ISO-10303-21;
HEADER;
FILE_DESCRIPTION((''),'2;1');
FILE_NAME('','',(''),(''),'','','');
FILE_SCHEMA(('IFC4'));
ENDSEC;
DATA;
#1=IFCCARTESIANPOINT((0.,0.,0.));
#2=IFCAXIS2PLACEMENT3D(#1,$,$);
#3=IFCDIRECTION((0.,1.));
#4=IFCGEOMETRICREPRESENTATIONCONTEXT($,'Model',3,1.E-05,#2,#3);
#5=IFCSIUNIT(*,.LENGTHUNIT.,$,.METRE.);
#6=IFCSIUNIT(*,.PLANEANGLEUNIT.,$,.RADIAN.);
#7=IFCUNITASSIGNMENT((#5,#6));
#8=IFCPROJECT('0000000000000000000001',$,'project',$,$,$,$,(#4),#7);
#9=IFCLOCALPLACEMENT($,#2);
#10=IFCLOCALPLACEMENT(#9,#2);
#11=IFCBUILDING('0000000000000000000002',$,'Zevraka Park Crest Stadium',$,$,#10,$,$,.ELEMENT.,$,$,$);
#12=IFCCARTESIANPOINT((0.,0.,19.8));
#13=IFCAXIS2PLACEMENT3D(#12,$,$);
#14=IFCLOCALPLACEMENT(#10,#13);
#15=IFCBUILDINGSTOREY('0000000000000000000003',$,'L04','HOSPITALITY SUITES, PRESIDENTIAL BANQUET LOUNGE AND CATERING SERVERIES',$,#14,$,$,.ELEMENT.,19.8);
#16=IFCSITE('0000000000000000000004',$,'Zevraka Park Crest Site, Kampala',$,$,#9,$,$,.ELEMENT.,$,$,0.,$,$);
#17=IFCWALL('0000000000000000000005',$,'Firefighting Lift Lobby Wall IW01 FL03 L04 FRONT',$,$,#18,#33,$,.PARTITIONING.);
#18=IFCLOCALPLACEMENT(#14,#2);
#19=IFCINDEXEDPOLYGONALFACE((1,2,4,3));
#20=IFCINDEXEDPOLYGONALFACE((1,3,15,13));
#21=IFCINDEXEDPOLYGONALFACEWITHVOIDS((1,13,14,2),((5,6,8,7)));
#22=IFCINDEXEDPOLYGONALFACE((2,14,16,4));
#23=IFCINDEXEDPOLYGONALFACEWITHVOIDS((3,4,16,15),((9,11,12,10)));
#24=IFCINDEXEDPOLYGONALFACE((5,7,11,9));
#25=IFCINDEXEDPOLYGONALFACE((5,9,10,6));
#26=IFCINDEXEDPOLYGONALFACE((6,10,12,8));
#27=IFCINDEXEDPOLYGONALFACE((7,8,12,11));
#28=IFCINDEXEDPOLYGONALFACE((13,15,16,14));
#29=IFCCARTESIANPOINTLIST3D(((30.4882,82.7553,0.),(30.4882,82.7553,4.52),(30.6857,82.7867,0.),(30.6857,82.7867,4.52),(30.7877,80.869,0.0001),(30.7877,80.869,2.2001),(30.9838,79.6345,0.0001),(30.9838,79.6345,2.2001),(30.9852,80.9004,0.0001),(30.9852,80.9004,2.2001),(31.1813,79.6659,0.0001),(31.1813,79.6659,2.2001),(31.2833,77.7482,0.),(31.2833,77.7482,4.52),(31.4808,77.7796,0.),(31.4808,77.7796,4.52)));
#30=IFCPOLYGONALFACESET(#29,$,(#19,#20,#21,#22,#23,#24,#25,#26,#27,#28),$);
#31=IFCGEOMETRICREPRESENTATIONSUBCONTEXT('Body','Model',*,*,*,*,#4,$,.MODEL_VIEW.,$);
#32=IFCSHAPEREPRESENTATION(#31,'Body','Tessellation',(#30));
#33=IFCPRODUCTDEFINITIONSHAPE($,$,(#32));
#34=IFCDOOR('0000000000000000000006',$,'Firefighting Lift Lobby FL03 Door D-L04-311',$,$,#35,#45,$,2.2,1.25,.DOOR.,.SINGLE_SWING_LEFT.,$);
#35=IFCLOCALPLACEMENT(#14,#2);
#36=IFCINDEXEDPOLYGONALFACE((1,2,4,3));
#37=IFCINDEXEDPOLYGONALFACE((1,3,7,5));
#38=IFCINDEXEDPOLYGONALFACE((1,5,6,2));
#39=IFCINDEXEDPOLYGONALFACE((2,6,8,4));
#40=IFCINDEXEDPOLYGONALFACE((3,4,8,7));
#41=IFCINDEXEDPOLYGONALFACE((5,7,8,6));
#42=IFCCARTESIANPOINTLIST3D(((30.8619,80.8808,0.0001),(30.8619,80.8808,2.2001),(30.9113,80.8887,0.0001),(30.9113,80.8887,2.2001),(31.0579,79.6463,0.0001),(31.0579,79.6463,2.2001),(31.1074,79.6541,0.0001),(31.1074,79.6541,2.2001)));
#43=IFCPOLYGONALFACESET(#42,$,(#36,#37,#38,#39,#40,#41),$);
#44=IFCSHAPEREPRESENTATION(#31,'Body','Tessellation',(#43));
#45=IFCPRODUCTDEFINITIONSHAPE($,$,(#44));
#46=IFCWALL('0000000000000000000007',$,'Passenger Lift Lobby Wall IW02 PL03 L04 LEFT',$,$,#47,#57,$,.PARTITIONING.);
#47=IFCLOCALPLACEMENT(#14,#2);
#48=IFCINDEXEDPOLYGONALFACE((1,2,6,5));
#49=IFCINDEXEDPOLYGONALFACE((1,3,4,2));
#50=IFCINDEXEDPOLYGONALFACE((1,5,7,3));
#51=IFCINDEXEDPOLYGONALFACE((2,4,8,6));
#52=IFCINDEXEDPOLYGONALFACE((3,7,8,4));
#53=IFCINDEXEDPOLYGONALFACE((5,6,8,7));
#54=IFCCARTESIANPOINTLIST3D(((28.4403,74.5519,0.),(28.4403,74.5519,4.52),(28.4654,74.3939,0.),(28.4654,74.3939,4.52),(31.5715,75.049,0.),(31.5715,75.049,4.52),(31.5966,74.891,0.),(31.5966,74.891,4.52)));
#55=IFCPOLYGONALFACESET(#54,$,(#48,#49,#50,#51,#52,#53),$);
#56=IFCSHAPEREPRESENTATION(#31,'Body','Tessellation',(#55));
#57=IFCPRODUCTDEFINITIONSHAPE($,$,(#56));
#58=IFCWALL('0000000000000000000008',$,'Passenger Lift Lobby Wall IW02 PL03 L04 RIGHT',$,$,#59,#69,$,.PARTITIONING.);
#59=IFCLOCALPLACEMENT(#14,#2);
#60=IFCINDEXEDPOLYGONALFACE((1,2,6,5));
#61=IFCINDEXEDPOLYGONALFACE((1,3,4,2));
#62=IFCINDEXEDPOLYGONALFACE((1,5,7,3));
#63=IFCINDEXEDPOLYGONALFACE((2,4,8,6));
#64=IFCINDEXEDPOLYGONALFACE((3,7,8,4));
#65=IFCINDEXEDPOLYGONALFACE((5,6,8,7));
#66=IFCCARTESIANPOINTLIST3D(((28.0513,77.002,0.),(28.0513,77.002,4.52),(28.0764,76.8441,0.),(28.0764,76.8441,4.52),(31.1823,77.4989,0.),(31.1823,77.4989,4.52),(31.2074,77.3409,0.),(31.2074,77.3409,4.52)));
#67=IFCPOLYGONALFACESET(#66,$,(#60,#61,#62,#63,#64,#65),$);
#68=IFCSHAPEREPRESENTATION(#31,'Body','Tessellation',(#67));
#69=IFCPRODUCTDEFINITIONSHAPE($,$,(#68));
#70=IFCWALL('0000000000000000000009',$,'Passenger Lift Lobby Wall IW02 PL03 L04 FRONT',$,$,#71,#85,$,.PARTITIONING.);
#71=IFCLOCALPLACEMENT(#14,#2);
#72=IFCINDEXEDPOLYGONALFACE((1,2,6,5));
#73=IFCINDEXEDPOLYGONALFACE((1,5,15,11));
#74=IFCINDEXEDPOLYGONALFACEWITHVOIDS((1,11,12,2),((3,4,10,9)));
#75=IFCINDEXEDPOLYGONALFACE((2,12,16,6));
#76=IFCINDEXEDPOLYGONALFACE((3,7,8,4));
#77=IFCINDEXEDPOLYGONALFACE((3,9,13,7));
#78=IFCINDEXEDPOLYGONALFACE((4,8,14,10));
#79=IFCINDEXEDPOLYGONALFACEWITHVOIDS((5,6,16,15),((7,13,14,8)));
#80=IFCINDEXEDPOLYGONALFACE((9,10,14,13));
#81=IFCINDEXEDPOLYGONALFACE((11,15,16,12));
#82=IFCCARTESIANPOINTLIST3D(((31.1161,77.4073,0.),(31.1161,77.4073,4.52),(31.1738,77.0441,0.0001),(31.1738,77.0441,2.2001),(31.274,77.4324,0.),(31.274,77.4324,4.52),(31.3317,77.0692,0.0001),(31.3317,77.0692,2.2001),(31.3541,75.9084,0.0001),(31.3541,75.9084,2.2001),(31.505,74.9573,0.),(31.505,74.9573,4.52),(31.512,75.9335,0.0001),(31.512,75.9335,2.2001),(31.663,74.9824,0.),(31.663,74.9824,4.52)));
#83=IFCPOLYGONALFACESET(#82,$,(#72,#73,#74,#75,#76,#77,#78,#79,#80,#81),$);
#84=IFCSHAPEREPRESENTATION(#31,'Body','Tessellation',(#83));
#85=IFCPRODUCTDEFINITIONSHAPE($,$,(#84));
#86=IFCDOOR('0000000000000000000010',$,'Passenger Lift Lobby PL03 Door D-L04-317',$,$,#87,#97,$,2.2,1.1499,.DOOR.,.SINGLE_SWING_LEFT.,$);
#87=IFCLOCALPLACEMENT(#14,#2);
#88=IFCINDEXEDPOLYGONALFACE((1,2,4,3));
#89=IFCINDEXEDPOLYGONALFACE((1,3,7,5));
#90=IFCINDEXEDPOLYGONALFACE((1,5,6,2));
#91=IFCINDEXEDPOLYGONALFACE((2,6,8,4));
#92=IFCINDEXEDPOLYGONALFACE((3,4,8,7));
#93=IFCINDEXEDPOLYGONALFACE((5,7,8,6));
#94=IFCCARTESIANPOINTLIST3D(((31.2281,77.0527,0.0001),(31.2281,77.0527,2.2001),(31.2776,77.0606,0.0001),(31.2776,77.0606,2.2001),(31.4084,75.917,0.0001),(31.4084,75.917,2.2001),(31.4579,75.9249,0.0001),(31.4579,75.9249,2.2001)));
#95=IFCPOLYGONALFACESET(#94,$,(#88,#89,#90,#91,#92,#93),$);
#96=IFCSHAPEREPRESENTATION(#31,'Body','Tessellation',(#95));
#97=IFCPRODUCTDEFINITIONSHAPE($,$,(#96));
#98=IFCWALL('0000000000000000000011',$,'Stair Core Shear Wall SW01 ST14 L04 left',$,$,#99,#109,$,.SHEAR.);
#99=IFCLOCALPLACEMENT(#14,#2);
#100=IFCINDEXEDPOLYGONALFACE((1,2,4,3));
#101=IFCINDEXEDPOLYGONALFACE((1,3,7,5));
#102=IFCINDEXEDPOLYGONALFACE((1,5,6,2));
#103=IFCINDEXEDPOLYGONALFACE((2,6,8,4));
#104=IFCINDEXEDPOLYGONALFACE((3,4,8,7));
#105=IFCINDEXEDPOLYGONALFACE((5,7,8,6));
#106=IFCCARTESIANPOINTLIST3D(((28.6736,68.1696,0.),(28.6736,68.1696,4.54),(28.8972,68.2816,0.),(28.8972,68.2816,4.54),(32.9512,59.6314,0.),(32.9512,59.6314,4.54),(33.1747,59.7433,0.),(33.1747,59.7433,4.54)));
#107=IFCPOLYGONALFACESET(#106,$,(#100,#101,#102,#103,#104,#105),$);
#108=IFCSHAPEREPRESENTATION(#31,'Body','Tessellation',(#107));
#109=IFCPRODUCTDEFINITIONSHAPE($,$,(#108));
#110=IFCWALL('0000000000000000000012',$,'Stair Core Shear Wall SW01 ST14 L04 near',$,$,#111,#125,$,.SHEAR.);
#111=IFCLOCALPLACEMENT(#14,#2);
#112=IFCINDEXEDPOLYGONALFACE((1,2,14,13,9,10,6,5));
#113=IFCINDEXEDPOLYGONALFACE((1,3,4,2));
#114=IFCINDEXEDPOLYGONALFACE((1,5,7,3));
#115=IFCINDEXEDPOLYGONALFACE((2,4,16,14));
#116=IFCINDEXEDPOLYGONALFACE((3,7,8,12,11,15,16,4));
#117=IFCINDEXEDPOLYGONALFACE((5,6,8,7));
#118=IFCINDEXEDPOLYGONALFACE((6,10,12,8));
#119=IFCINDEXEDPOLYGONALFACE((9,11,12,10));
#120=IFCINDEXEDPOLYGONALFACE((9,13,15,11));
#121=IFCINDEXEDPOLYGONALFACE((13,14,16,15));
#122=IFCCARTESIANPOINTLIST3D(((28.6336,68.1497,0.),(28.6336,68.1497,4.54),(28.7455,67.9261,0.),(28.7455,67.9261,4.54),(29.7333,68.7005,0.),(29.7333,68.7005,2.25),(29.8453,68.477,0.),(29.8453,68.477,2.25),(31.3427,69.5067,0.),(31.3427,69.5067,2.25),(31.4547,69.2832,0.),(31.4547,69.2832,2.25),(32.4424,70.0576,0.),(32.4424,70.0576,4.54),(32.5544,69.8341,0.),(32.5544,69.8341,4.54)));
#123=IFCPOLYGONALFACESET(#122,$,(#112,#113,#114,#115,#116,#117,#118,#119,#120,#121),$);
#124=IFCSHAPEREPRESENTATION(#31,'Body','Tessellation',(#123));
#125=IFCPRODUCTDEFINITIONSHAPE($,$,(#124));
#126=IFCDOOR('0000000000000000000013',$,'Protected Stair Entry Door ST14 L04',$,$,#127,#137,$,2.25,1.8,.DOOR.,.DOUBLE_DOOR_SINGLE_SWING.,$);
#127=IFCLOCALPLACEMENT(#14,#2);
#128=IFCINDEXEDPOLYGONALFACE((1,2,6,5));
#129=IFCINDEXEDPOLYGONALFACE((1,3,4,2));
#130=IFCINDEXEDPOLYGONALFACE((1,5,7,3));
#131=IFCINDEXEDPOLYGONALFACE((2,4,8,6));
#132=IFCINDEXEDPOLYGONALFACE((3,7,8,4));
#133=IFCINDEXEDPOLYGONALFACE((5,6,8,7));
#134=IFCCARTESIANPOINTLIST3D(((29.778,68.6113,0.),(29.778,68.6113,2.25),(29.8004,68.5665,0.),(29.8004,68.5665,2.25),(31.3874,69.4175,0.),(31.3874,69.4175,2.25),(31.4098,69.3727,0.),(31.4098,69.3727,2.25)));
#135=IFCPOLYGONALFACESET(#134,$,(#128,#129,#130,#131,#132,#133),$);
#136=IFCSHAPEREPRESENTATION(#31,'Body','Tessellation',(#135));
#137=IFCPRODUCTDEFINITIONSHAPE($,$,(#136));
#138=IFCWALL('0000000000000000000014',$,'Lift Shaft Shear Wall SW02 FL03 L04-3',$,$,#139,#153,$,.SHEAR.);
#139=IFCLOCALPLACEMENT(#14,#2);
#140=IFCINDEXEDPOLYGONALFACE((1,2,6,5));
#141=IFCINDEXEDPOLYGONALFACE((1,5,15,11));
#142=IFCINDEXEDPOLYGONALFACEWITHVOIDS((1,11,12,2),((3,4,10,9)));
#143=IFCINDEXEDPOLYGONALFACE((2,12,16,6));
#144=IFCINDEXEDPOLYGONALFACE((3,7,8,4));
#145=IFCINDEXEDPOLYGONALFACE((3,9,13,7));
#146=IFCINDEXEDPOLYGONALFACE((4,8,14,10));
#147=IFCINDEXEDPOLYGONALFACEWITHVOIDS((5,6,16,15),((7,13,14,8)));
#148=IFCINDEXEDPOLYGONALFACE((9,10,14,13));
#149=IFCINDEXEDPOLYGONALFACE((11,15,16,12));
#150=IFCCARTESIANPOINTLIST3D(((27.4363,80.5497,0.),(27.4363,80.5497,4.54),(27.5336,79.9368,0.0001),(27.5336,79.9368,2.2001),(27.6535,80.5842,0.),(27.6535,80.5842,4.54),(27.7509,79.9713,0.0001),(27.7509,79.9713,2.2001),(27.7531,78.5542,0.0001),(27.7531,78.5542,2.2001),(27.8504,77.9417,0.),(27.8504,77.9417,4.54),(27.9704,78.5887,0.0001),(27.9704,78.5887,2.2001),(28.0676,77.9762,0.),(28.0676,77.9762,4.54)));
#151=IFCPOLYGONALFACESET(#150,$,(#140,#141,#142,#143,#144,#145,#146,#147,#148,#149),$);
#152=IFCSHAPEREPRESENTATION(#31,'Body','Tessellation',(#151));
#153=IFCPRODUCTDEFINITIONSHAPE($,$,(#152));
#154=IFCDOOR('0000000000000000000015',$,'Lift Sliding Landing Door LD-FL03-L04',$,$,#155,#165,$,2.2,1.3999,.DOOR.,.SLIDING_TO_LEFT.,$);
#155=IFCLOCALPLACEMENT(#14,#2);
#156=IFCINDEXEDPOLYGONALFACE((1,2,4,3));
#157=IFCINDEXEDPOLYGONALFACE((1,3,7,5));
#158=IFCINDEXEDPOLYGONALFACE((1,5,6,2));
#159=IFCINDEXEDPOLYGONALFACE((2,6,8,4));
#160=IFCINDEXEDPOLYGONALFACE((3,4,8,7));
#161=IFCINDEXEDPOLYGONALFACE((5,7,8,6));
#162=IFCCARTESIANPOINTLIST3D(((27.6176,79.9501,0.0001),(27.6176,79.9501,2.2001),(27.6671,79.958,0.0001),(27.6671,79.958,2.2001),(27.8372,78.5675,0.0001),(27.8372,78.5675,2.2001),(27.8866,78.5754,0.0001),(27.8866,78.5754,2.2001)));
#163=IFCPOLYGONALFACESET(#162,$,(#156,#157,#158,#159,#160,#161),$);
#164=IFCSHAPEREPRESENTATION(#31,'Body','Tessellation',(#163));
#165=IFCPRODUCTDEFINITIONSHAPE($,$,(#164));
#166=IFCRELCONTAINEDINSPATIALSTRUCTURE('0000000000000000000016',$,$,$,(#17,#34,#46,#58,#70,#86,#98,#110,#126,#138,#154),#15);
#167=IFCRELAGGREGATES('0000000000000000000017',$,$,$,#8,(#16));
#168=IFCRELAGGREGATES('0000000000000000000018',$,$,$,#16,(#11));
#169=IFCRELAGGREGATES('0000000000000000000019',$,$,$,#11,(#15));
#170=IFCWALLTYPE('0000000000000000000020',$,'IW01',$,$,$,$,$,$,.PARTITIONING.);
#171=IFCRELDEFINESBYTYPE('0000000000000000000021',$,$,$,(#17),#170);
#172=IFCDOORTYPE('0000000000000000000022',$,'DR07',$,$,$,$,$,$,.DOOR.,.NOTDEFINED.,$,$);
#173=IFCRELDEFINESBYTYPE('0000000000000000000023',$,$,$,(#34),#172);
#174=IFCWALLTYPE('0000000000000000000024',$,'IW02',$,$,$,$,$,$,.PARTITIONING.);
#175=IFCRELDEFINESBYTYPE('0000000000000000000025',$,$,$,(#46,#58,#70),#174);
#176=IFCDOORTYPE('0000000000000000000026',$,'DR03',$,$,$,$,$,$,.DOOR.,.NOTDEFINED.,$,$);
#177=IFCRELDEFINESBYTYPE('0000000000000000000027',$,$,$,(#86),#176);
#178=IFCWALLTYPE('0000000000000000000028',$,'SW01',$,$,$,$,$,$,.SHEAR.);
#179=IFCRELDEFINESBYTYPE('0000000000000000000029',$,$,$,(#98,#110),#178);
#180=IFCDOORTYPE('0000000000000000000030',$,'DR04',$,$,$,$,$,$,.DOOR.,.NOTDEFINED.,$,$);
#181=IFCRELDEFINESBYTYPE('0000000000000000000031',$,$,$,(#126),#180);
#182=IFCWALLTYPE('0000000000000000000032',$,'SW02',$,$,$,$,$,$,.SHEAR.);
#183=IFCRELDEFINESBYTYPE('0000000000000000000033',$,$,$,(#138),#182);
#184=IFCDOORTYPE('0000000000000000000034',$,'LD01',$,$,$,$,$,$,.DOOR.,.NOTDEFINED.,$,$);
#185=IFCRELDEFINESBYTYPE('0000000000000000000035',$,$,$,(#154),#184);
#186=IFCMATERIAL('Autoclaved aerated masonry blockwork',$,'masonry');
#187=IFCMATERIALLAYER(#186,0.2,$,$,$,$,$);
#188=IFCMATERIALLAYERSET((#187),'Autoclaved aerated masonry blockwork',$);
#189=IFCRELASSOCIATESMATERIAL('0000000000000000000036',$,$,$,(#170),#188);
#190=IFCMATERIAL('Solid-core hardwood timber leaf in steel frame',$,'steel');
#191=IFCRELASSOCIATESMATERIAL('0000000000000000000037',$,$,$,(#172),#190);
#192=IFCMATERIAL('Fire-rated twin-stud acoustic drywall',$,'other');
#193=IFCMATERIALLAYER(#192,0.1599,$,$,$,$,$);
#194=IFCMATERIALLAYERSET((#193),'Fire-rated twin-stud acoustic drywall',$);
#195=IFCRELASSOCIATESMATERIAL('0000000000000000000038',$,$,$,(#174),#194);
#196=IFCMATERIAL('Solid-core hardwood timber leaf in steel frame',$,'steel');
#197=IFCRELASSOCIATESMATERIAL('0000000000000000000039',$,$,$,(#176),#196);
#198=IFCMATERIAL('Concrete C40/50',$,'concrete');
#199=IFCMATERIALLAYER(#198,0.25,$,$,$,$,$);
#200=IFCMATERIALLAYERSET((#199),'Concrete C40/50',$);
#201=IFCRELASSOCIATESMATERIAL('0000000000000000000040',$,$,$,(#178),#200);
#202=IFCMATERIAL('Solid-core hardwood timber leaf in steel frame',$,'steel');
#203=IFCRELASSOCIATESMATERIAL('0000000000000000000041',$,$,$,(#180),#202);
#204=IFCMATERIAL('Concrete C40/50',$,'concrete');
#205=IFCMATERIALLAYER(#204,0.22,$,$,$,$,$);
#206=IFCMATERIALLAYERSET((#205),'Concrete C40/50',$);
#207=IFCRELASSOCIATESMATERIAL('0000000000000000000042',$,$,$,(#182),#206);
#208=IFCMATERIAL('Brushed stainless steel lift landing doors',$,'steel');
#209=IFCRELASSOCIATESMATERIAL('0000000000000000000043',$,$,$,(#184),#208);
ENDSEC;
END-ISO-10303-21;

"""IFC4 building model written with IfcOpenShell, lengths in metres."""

from ifc_helpers import new_model, si_unit, direction, frame, frame_2d, origin, place, context, subcontext, project, spatial, rectangle, extrude, material, layer, layer_set, type_object, element, fill, save


model = new_model("IFC4")

# Units and contexts
model_context = context("Model", 3, precision=1e-05, world=origin(), true_north=direction((0.0, 1.0)))
body_context = subcontext(model_context, "Body", "Model", "MODEL_VIEW")
ifc_project = project(units=[si_unit("LENGTHUNIT", "METRE"), si_unit("PLANEANGLEUNIT", "RADIAN")], contexts=[model_context])

# Site, building, storey
site_placement = place(None, origin())
site = spatial("IfcSite", under=ifc_project, at=site_placement, Name="Zevraka Park Crest Site, Kampala", CompositionType="ELEMENT", RefElevation=0.0)
building_placement = place(site_placement, origin())
building = spatial("IfcBuilding", under=site, at=building_placement, Name="Zevraka Park Crest Stadium", CompositionType="ELEMENT")
storey_placement = place(building_placement, frame((0.0, 0.0, 19.8)))
storey = spatial("IfcBuildingStorey", under=building, at=storey_placement, Name="L04", Description="HOSPITALITY SUITES, PRESIDENTIAL BANQUET LOUNGE AND CATERING SERVERIES", CompositionType="ELEMENT", Elevation=19.8)

# Shared definitions
ifc_material_1 = material(Name="Autoclaved aerated masonry blockwork", Category="masonry")
ifc_layer_1 = layer(ifc_material_1, 0.2)
ifc_layer_set_1 = layer_set([ifc_layer_1], Name="Autoclaved aerated masonry blockwork")
wall_type_1 = type_object("IfcWallType", Name="IW01", PredefinedType="PARTITIONING", material=ifc_layer_set_1)

# Wall, opening, door
wall_1_placement = place(storey_placement, frame((31.3821, 77.7639, 0.0), z_axis=(0.0, 0.0, 1.0), x_axis=(-0.156843, 0.987624, 0.0)))
wall_1 = element("IfcWall", 1, at=wall_1_placement, inside=storey, type_object=wall_type_1, Name="Firefighting Lift Lobby Wall IW01 FL03 L04 FRONT", PredefinedType="PARTITIONING", context=body_context, shape_type="SweptSolid", body=[
    extrude(rectangle(XDim=5.0698, YDim=0.2, at=frame_2d((2.5349, 0.0))), origin(), (0.0, 0.0, 1.0), 4.52),
])
opening_1_placement = place(wall_1_placement, frame((1.9099, 0.0, 0.0)))
opening_1 = element("IfcOpeningElement", 2, at=opening_1_placement, cuts=wall_1, PredefinedType="OPENING", context=body_context, shape_type="SweptSolid", body=[
    extrude(rectangle(XDim=1.25, YDim=2.2, at=frame_2d((0.625, 1.1001))), frame((0.0, 0.1099, 0.0), z_axis=(0.0, -1.0, 0.0), x_axis=(1.0, 0.0, 0.0)), (0.0, 0.0, 1.0), 0.22),
])
ifc_material_2 = material(Name="Solid-core hardwood timber leaf in steel frame", Category="steel")
door_type_1 = type_object("IfcDoorType", Name="DR07", OperationType="NOTDEFINED", PredefinedType="DOOR", material=ifc_material_2)
door_1_placement = place(opening_1_placement, origin())
door_1 = element("IfcDoor", 3, at=door_1_placement, inside=storey, type_object=door_type_1, Name="Firefighting Lift Lobby FL03 Door D-L04-311", OperationType="SINGLE_SWING_LEFT", OverallHeight=2.2, OverallWidth=1.25, PredefinedType="DOOR", context=body_context, shape_type="SweptSolid", body=[
    extrude(rectangle(XDim=1.25, YDim=2.2, at=frame_2d((0.625, 1.1001))), frame((0.0, 0.0249, 0.0), z_axis=(0.0, -1.0, 0.0), x_axis=(1.0, 0.0, 0.0)), (0.0, 0.0, 1.0), 0.05),
])
fill(opening_1, door_1)

# Walls
ifc_material_3 = material(Name="Fire-rated twin-stud acoustic drywall", Category="other")
ifc_layer_2 = layer(ifc_material_3, 0.1599)
ifc_layer_set_2 = layer_set([ifc_layer_2], Name="Fire-rated twin-stud acoustic drywall")
wall_type_2 = type_object("IfcWallType", Name="IW02", PredefinedType="PARTITIONING", material=ifc_layer_set_2)
wall_2_placement = place(storey_placement, frame((28.4529, 74.4729, 0.0), z_axis=(0.0, 0.0, 1.0), x_axis=(0.987632, 0.156789, 0.0)))
element("IfcWall", 4, at=wall_2_placement, inside=storey, type_object=wall_type_2, Name="Passenger Lift Lobby Wall IW02 PL03 L04 LEFT", PredefinedType="PARTITIONING", context=body_context, shape_type="SweptSolid", body=[
    extrude(rectangle(XDim=3.1704, YDim=0.1599, at=frame_2d((1.5852, 0.0))), origin(), (0.0, 0.0, 1.0), 4.52),
])
wall_3_placement = place(storey_placement, frame((28.064, 76.9231, 0.0), z_axis=(0.0, 0.0, 1.0), x_axis=(0.987644, 0.156714, 0.0)))
element("IfcWall", 5, at=wall_3_placement, inside=storey, type_object=wall_type_2, Name="Passenger Lift Lobby Wall IW02 PL03 L04 RIGHT", PredefinedType="PARTITIONING", context=body_context, shape_type="SweptSolid", body=[
    extrude(rectangle(XDim=3.1702, YDim=0.1599, at=frame_2d((1.585, 0.0))), origin(), (0.0, 0.0, 1.0), 4.52),
])

# Wall, opening, door
wall_4_placement = place(storey_placement, frame((31.584, 74.97, 0.0), z_axis=(0.0, 0.0, 1.0), x_axis=(-0.156781, 0.987633, 0.0)))
wall_4 = element("IfcWall", 6, at=wall_4_placement, inside=storey, type_object=wall_type_2, Name="Passenger Lift Lobby Wall IW02 PL03 L04 FRONT", PredefinedType="PARTITIONING", context=body_context, shape_type="SweptSolid", body=[
    extrude(rectangle(XDim=2.4807, YDim=0.1599, at=frame_2d((1.2402, 0.0))), origin(), (0.0, 0.0, 1.0), 4.52),
])
opening_2_placement = place(wall_4_placement, frame((0.9629, 0.0, 0.0)))
opening_2 = element("IfcOpeningElement", 7, at=opening_2_placement, cuts=wall_4, PredefinedType="OPENING", context=body_context, shape_type="SweptSolid", body=[
    extrude(rectangle(XDim=1.1499, YDim=2.2, at=frame_2d((0.575, 1.1001))), frame((0.0, 0.0898, 0.0), z_axis=(0.0, -1.0, 0.0), x_axis=(1.0, 0.0, 0.0)), (0.0, 0.0, 1.0), 0.1799),
])
ifc_material_4 = material(Name="Solid-core hardwood timber leaf in steel frame", Category="steel")
door_type_2 = type_object("IfcDoorType", Name="DR03", OperationType="NOTDEFINED", PredefinedType="DOOR", material=ifc_material_4)
door_2_placement = place(opening_2_placement, origin())
door_2 = element("IfcDoor", 8, at=door_2_placement, inside=storey, type_object=door_type_2, Name="Passenger Lift Lobby PL03 Door D-L04-317", OperationType="SINGLE_SWING_LEFT", OverallHeight=2.2, OverallWidth=1.1499, PredefinedType="DOOR", context=body_context, shape_type="SweptSolid", body=[
    extrude(rectangle(XDim=1.1499, YDim=2.2, at=frame_2d((0.575, 1.1001))), frame((0.0, 0.0249, 0.0), z_axis=(0.0, -1.0, 0.0), x_axis=(1.0, 0.0, 0.0)), (0.0, 0.0, 1.0), 0.05),
])
fill(opening_2, door_2)

# Wall
ifc_material_5 = material(Name="Concrete C40/50", Category="concrete")
ifc_layer_3 = layer(ifc_material_5, 0.25)
ifc_layer_set_3 = layer_set([ifc_layer_3], Name="Concrete C40/50")
wall_type_3 = type_object("IfcWallType", Name="SW01", PredefinedType="SHEAR", material=ifc_layer_set_3)
wall_5_placement = place(storey_placement, frame((28.7854, 68.2256, 0.0), z_axis=(0.0, 0.0, 1.0), x_axis=(0.447919, -0.894074, 0.0)))
element("IfcWall", 9, at=wall_5_placement, inside=storey, type_object=wall_type_3, Name="Stair Core Shear Wall SW01 ST14 L04 left", PredefinedType="SHEAR", context=body_context, shape_type="SweptSolid", body=[
    extrude(rectangle(XDim=9.5498, YDim=0.25, at=frame_2d((4.7749, 0.0))), origin(), (0.0, 0.0, 1.0), 4.54),
])

# Walls, openings, doors
wall_6_placement = place(storey_placement, frame((32.4983, 69.9458, 0.0), z_axis=(0.0, 0.0, 1.0), x_axis=(-0.894095, -0.447878, 0.0)))
wall_6 = element("IfcWall", 10, at=wall_6_placement, inside=storey, type_object=wall_type_3, Name="Stair Core Shear Wall SW01 ST14 L04 near", PredefinedType="SHEAR", context=body_context, shape_type="SweptSolid", body=[
    extrude(rectangle(XDim=4.26, YDim=0.25, at=frame_2d((2.1299, 0.0))), origin(), (0.0, 0.0, 1.0), 4.54),
])
opening_3_placement = place(wall_6_placement, frame((1.23, 0.0, 0.0)))
opening_3 = element("IfcOpeningElement", 11, at=opening_3_placement, cuts=wall_6, PredefinedType="OPENING", context=body_context, shape_type="SweptSolid", body=[
    extrude(rectangle(XDim=1.8, YDim=2.25, at=frame_2d((0.8999, 1.125))), frame((0.0, 0.135, 0.0), z_axis=(0.0, -1.0, 0.0), x_axis=(1.0, 0.0, 0.0)), (0.0, 0.0, 1.0), 0.27),
])
ifc_material_6 = material(Name="Solid-core hardwood timber leaf in steel frame", Category="steel")
door_type_3 = type_object("IfcDoorType", Name="DR04", OperationType="NOTDEFINED", PredefinedType="DOOR", material=ifc_material_6)
door_3_placement = place(opening_3_placement, origin())
door_3 = element("IfcDoor", 12, at=door_3_placement, inside=storey, type_object=door_type_3, Name="Protected Stair Entry Door ST14 L04", OperationType="DOUBLE_DOOR_SINGLE_SWING", OverallHeight=2.25, OverallWidth=1.8, PredefinedType="DOOR", context=body_context, shape_type="SweptSolid", body=[
    extrude(rectangle(XDim=1.8, YDim=2.25, at=frame_2d((0.8999, 1.125))), frame((0.0, 0.0249, 0.0), z_axis=(0.0, -1.0, 0.0), x_axis=(1.0, 0.0, 0.0)), (0.0, 0.0, 1.0), 0.05),
])
fill(opening_3, door_3)
ifc_material_7 = material(Name="Concrete C40/50", Category="concrete")
ifc_layer_4 = layer(ifc_material_7, 0.22)
ifc_layer_set_4 = layer_set([ifc_layer_4], Name="Concrete C40/50")
wall_type_4 = type_object("IfcWallType", Name="SW02", PredefinedType="SHEAR", material=ifc_layer_set_4)
wall_7_placement = place(storey_placement, frame((27.959, 77.959, 0.0), z_axis=(0.0, 0.0, 1.0), x_axis=(-0.156808, 0.987629, 0.0)))
wall_7 = element("IfcWall", 13, at=wall_7_placement, inside=storey, type_object=wall_type_4, Name="Lift Shaft Shear Wall SW02 FL03 L04-3", PredefinedType="SHEAR", context=body_context, shape_type="SweptSolid", body=[
    extrude(rectangle(XDim=2.6406, YDim=0.22, at=frame_2d((1.3203, 0.0))), origin(), (0.0, 0.0, 1.0), 4.54),
])
opening_4_placement = place(wall_7_placement, frame((0.6201, 0.0, 0.0)))
opening_4 = element("IfcOpeningElement", 14, at=opening_4_placement, cuts=wall_7, PredefinedType="OPENING", context=body_context, shape_type="SweptSolid", body=[
    extrude(rectangle(XDim=1.3999, YDim=2.2, at=frame_2d((0.7, 1.1001))), frame((0.0, 0.1199, 0.0), z_axis=(0.0, -1.0, 0.0), x_axis=(1.0, 0.0, 0.0)), (0.0, 0.0, 1.0), 0.24),
])
ifc_material_8 = material(Name="Brushed stainless steel lift landing doors", Category="steel")
door_type_4 = type_object("IfcDoorType", Name="LD01", OperationType="NOTDEFINED", PredefinedType="DOOR", material=ifc_material_8)
door_4_placement = place(opening_4_placement, origin())
door_4 = element("IfcDoor", 15, at=door_4_placement, inside=storey, type_object=door_type_4, Name="Lift Sliding Landing Door LD-FL03-L04", OperationType="SLIDING_TO_LEFT", OverallHeight=2.2, OverallWidth=1.3999, PredefinedType="DOOR", context=body_context, shape_type="SweptSolid", body=[
    extrude(rectangle(XDim=1.3999, YDim=2.2, at=frame_2d((0.7, 1.1001))), frame((0.0, 0.0249, 0.0), z_axis=(0.0, -1.0, 0.0), x_axis=(1.0, 0.0, 0.0)), (0.0, 0.0, 1.0), 0.05),
])
fill(opening_4, door_4)

save(model, "model.ifc")
